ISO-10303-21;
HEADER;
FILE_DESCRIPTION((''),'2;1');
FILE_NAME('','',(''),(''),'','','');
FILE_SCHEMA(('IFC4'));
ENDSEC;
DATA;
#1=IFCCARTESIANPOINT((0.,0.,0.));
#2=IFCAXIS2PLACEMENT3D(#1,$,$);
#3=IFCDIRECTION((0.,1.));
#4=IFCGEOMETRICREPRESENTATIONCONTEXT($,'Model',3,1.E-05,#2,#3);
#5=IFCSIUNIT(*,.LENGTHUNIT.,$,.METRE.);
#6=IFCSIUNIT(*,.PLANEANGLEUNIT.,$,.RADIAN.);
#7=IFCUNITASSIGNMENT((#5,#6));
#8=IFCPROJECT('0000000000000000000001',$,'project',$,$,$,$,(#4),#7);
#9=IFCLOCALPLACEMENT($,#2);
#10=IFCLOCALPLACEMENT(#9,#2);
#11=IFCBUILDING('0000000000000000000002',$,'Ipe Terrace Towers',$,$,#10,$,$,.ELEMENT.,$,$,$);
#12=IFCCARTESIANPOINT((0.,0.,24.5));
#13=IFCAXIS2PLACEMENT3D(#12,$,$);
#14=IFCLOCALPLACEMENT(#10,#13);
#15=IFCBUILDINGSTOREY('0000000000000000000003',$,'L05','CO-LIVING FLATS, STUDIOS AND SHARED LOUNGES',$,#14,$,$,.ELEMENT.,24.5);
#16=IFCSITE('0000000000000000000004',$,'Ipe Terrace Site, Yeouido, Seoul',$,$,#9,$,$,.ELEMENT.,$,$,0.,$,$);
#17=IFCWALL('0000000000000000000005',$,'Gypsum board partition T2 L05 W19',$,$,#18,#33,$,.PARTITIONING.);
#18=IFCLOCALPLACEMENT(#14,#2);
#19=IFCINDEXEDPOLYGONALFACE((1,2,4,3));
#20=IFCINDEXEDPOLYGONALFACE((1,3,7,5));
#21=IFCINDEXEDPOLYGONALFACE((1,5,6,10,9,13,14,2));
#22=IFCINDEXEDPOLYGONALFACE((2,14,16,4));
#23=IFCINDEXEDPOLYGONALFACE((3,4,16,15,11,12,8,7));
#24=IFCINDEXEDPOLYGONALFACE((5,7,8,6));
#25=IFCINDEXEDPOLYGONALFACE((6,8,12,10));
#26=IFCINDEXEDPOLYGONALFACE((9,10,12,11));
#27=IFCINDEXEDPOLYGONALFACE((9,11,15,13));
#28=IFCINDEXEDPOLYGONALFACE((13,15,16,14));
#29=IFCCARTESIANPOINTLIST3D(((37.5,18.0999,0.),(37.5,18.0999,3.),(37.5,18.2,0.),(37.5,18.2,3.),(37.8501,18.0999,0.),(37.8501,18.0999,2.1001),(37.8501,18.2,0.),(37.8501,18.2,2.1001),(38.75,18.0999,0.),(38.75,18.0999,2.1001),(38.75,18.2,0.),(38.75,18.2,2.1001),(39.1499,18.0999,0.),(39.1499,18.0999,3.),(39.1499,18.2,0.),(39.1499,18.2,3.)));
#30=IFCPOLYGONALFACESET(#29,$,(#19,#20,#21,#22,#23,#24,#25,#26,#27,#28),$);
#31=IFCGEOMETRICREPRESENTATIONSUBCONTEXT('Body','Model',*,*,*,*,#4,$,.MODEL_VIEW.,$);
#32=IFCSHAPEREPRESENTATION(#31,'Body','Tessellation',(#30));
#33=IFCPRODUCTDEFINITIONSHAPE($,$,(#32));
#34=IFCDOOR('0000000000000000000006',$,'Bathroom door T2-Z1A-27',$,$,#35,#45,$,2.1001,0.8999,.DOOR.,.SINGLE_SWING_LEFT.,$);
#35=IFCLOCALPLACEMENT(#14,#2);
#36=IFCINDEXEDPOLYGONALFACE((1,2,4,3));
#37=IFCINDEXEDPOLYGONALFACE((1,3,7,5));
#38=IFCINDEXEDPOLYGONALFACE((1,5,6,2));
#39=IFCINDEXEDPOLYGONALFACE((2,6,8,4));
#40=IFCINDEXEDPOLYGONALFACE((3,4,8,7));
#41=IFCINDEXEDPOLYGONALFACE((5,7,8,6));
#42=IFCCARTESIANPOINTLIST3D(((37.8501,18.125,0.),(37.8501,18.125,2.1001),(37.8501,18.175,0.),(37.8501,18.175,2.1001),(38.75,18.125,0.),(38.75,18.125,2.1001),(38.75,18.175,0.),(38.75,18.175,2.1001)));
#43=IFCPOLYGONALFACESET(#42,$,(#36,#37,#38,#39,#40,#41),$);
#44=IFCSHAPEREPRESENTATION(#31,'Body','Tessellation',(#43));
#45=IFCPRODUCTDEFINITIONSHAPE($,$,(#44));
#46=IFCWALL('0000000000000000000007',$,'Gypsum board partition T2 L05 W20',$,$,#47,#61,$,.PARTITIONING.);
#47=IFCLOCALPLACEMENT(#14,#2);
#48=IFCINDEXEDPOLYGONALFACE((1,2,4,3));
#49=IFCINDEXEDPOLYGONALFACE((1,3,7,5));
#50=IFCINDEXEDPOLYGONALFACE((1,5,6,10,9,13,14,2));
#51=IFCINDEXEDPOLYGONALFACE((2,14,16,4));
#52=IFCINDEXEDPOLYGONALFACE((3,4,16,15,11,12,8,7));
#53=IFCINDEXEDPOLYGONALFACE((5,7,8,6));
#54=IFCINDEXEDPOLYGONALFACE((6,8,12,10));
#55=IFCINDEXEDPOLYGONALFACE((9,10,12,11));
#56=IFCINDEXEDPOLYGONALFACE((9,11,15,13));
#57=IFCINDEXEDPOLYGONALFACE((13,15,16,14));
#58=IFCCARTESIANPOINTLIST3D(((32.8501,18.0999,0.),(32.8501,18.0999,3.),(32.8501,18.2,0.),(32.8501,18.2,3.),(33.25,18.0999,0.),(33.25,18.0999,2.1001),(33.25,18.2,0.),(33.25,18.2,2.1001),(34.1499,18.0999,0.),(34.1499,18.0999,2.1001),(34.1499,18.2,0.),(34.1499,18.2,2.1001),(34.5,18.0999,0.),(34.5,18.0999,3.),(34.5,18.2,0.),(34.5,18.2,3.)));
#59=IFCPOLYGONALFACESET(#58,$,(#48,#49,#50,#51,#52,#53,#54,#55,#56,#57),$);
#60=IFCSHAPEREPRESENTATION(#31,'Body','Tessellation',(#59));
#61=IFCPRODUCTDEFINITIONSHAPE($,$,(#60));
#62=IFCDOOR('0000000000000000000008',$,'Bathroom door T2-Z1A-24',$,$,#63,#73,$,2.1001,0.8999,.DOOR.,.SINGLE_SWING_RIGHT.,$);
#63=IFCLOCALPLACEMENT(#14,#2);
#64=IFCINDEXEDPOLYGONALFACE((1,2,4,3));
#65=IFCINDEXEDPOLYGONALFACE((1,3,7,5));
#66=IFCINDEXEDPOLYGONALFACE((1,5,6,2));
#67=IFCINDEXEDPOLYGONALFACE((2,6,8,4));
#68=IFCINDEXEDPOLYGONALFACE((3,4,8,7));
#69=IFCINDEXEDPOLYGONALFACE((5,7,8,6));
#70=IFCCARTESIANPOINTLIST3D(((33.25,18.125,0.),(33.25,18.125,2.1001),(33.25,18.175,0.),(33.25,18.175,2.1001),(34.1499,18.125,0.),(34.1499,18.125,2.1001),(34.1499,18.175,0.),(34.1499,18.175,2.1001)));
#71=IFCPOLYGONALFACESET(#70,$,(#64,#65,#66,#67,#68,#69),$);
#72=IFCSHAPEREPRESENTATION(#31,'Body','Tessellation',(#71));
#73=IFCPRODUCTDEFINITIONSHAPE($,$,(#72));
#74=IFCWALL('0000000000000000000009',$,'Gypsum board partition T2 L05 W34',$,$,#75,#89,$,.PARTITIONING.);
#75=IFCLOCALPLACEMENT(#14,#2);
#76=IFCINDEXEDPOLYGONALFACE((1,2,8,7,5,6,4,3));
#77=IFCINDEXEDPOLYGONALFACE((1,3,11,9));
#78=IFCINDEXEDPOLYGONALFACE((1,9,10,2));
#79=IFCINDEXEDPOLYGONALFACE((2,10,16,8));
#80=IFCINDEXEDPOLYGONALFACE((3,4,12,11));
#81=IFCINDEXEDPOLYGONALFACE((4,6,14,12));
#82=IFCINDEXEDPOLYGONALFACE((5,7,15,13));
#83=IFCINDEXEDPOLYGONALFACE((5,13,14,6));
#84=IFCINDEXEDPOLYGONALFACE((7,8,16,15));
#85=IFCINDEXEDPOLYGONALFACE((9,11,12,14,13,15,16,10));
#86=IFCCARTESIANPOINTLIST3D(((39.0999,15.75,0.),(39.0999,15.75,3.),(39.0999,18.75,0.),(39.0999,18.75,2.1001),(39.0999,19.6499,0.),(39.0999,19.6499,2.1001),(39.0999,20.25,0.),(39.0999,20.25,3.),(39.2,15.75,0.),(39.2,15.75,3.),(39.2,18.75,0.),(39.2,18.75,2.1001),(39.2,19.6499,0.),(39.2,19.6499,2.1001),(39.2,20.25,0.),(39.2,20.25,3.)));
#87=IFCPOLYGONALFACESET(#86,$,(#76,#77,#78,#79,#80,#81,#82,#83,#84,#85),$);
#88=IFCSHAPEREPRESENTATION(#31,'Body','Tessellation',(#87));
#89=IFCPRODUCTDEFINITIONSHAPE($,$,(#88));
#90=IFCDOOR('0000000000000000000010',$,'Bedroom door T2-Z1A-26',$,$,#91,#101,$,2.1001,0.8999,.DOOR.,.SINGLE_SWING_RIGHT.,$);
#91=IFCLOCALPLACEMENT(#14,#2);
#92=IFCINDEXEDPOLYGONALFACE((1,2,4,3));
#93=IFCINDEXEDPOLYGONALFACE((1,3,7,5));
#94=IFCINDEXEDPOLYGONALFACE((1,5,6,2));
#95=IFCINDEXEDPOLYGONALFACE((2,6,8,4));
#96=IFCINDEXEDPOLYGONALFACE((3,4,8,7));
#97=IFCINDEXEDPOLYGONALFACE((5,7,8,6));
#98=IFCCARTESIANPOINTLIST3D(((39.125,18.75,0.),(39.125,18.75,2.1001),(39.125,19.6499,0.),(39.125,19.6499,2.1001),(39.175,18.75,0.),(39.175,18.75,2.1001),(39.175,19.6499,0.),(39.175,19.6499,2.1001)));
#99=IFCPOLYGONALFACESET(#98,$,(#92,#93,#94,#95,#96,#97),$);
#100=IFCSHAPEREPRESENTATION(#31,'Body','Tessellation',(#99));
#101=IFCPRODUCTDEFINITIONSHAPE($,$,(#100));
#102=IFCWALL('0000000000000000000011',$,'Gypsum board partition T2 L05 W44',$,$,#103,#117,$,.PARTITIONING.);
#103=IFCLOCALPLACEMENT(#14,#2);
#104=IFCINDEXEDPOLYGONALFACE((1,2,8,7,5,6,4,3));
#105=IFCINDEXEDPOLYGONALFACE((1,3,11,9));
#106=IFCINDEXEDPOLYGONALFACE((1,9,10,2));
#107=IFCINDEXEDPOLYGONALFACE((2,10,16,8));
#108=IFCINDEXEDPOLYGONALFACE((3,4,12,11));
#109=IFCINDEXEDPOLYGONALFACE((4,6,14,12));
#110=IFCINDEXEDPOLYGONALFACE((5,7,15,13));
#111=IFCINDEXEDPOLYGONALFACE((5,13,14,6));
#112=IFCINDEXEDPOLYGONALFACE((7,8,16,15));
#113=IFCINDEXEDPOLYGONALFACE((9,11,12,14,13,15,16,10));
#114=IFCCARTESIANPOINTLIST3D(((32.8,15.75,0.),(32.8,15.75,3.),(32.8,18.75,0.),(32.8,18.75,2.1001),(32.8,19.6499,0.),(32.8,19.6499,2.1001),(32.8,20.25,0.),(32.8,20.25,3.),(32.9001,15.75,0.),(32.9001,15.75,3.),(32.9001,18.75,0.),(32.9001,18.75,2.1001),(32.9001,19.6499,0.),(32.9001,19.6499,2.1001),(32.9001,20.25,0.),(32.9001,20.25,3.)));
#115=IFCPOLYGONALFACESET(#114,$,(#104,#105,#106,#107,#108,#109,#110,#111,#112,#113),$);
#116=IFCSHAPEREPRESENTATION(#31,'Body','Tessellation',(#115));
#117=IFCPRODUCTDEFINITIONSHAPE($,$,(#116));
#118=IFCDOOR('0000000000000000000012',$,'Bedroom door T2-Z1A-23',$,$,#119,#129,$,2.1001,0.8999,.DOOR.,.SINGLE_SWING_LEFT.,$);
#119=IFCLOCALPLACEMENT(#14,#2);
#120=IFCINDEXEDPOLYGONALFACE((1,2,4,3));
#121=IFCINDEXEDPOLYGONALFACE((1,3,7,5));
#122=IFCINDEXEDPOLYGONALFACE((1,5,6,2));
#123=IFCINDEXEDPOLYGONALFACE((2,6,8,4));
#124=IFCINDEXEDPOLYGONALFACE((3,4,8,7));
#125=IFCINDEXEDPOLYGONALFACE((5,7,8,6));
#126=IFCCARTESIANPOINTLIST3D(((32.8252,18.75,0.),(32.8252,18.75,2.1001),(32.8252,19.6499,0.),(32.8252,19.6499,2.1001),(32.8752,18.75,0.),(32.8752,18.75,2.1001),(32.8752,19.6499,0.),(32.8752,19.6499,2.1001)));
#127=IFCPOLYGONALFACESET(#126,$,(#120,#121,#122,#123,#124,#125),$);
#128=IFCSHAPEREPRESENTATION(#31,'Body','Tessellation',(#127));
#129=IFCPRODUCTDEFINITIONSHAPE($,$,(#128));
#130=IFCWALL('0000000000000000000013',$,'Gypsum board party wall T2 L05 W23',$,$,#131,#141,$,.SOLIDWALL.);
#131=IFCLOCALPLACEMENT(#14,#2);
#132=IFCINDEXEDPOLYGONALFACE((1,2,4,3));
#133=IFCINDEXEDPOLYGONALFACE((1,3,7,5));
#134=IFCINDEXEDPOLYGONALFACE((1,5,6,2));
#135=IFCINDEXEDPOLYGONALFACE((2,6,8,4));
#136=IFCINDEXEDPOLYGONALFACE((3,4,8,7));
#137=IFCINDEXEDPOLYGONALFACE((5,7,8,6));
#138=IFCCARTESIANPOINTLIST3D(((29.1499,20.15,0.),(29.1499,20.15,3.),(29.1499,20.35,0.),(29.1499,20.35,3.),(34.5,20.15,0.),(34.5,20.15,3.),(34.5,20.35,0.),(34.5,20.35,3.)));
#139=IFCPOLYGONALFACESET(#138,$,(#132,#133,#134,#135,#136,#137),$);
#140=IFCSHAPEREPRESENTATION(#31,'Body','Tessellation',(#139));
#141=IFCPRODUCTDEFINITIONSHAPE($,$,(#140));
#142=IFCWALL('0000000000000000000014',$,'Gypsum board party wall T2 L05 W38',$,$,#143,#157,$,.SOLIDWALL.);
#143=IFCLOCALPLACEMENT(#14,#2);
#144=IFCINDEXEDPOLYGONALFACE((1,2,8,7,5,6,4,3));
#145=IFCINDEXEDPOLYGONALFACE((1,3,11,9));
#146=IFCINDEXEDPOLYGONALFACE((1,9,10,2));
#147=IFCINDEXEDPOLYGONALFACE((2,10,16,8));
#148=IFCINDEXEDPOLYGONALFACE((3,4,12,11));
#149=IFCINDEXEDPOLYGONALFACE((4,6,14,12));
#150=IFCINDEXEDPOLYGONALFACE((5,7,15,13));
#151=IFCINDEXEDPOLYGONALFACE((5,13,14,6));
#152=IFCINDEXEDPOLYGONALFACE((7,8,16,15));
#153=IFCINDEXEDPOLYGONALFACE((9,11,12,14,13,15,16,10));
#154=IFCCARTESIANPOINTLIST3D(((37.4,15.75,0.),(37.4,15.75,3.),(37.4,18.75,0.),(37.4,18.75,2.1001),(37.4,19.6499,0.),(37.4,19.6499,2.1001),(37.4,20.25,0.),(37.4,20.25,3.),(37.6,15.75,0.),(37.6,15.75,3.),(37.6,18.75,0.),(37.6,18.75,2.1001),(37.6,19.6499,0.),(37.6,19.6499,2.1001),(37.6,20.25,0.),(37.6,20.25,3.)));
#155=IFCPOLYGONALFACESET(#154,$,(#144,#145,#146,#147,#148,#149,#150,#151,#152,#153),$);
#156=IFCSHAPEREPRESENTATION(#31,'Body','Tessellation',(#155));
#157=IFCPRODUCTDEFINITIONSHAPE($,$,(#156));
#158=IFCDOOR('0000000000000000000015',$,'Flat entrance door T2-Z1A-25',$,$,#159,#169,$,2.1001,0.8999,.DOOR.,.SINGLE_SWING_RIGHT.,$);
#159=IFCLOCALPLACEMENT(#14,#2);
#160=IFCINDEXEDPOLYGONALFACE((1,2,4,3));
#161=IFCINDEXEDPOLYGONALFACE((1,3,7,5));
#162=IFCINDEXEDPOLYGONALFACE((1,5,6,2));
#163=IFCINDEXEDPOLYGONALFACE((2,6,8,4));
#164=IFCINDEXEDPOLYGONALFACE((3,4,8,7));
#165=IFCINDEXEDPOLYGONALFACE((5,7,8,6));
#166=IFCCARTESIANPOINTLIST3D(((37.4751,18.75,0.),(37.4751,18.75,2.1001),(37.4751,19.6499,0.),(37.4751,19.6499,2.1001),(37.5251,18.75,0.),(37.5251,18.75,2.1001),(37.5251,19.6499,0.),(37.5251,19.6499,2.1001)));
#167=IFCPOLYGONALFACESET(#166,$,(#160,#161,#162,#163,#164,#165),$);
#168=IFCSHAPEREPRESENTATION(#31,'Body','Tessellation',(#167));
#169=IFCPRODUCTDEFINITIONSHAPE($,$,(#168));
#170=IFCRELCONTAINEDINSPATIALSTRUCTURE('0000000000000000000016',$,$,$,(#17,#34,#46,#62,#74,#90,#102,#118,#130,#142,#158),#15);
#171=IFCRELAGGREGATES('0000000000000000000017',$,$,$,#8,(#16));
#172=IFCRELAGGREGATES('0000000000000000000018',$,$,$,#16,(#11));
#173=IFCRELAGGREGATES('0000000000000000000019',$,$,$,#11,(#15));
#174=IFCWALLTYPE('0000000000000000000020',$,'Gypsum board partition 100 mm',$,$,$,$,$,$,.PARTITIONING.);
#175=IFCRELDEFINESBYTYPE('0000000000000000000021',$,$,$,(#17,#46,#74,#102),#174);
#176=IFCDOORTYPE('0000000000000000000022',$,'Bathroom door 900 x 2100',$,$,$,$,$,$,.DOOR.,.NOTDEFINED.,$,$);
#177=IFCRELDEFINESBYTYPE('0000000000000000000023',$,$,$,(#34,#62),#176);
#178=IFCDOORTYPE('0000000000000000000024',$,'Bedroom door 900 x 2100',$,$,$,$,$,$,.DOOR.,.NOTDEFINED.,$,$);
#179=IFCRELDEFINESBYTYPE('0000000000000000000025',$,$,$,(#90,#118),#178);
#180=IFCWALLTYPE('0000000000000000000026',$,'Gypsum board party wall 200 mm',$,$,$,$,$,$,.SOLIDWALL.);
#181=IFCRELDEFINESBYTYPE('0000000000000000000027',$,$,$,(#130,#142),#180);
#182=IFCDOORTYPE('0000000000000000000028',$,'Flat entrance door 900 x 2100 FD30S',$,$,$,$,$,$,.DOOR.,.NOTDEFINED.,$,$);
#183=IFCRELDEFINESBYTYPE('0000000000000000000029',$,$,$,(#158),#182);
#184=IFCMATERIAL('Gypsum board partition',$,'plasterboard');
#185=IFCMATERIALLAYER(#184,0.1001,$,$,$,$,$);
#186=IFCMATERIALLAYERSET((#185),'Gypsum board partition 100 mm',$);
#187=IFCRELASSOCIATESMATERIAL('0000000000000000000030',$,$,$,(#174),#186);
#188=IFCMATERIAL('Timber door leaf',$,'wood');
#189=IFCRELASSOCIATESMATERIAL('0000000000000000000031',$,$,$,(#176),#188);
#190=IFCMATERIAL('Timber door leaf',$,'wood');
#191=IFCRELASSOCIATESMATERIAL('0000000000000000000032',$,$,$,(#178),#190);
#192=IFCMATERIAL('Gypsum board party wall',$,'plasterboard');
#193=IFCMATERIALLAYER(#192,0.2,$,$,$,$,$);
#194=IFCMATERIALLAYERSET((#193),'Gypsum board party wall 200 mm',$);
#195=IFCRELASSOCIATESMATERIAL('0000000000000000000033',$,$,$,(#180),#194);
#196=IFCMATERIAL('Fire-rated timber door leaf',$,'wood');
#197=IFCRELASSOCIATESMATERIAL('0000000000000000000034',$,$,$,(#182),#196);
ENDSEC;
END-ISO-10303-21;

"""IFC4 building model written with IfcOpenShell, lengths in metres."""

from ifc_helpers import new_model, si_unit, direction, frame, frame_2d, origin, place, context, subcontext, project, spatial, rectangle, extrude, material, layer, layer_set, type_object, element, fill, save


model = new_model("IFC4")

# Units and contexts
model_context = context("Model", 3, precision=1e-05, world=origin(), true_north=direction((0.0, 1.0)))
body_context = subcontext(model_context, "Body", "Model", "MODEL_VIEW")
ifc_project = project(units=[si_unit("LENGTHUNIT", "METRE"), si_unit("PLANEANGLEUNIT", "RADIAN")], contexts=[model_context])

# Site, building, storey
site_placement = place(None, origin())
site = spatial("IfcSite", under=ifc_project, at=site_placement, Name="Ipe Terrace Site, Yeouido, Seoul", CompositionType="ELEMENT", RefElevation=0.0)
building_placement = place(site_placement, origin())
building = spatial("IfcBuilding", under=site, at=building_placement, Name="Ipe Terrace Towers", CompositionType="ELEMENT")
storey_placement = place(building_placement, frame((0.0, 0.0, 24.5)))
storey = spatial("IfcBuildingStorey", under=building, at=storey_placement, Name="L05", Description="CO-LIVING FLATS, STUDIOS AND SHARED LOUNGES", CompositionType="ELEMENT", Elevation=24.5)

# Walls, openings, doors
ifc_material_1 = material(Name="Gypsum board partition", Category="plasterboard")
ifc_layer_1 = layer(ifc_material_1, 0.1001)
ifc_layer_set_1 = layer_set([ifc_layer_1], Name="Gypsum board partition 100 mm")
wall_type_1 = type_object("IfcWallType", Name="Gypsum board partition 100 mm", PredefinedType="PARTITIONING", material=ifc_layer_set_1)
wall_1_placement = place(storey_placement, frame((39.1499, 18.1499, 0.0), z_axis=(0.0, 0.0, 1.0), x_axis=(-1.0, 0.0, 0.0)))
wall_1 = element("IfcWall", 1, at=wall_1_placement, inside=storey, type_object=wall_type_1, Name="Gypsum board partition T2 L05 W19", PredefinedType="PARTITIONING", context=body_context, shape_type="SweptSolid", body=[
    extrude(rectangle(XDim=1.6499, YDim=0.1001, at=frame_2d((0.825, 0.0))), origin(), (0.0, 0.0, 1.0), 3.0),
])
opening_1_placement = place(wall_1_placement, frame((0.3999, 0.0, 0.0)))
opening_1 = element("IfcOpeningElement", 2, at=opening_1_placement, cuts=wall_1, PredefinedType="OPENING", context=body_context, shape_type="SweptSolid", body=[
    extrude(rectangle(XDim=0.8999, YDim=2.1001, at=frame_2d((0.45, 1.05))), frame((0.0, 0.0601, 0.0), z_axis=(0.0, -1.0, 0.0), x_axis=(1.0, 0.0, 0.0)), (0.0, 0.0, 1.0), 0.1201),
])
ifc_material_2 = material(Name="Timber door leaf", Category="wood")
door_type_1 = type_object("IfcDoorType", Name="Bathroom door 900 x 2100", OperationType="NOTDEFINED", PredefinedType="DOOR", material=ifc_material_2)
door_1_placement = place(opening_1_placement, origin())
door_1 = element("IfcDoor", 3, at=door_1_placement, inside=storey, type_object=door_type_1, Name="Bathroom door T2-Z1A-27", OperationType="SINGLE_SWING_LEFT", OverallHeight=2.1001, OverallWidth=0.8999, PredefinedType="DOOR", context=body_context, shape_type="SweptSolid", body=[
    extrude(rectangle(XDim=0.8999, YDim=2.1001, at=frame_2d((0.45, 1.05))), frame((0.0, 0.0249, 0.0), z_axis=(0.0, -1.0, 0.0), x_axis=(1.0, 0.0, 0.0)), (0.0, 0.0, 1.0), 0.05),
])
fill(opening_1, door_1)
wall_2_placement = place(storey_placement, frame((34.5, 18.1499, 0.0), z_axis=(0.0, 0.0, 1.0), x_axis=(-1.0, 0.0, 0.0)))
wall_2 = element("IfcWall", 4, at=wall_2_placement, inside=storey, type_object=wall_type_1, Name="Gypsum board partition T2 L05 W20", PredefinedType="PARTITIONING", context=body_context, shape_type="SweptSolid", body=[
    extrude(rectangle(XDim=1.6499, YDim=0.1001, at=frame_2d((0.825, 0.0))), origin(), (0.0, 0.0, 1.0), 3.0),
])
opening_2_placement = place(wall_2_placement, frame((0.3501, 0.0, 0.0)))
opening_2 = element("IfcOpeningElement", 5, at=opening_2_placement, cuts=wall_2, PredefinedType="OPENING", context=body_context, shape_type="SweptSolid", body=[
    extrude(rectangle(XDim=0.8999, YDim=2.1001, at=frame_2d((0.45, 1.05))), frame((0.0, 0.0601, 0.0), z_axis=(0.0, -1.0, 0.0), x_axis=(1.0, 0.0, 0.0)), (0.0, 0.0, 1.0), 0.1201),
])
door_2_placement = place(opening_2_placement, origin())
door_2 = element("IfcDoor", 6, at=door_2_placement, inside=storey, type_object=door_type_1, Name="Bathroom door T2-Z1A-24", OperationType="SINGLE_SWING_RIGHT", OverallHeight=2.1001, OverallWidth=0.8999, PredefinedType="DOOR", context=body_context, shape_type="SweptSolid", body=[
    extrude(rectangle(XDim=0.8999, YDim=2.1001, at=frame_2d((0.45, 1.05))), frame((0.0, 0.0249, 0.0), z_axis=(0.0, -1.0, 0.0), x_axis=(1.0, 0.0, 0.0)), (0.0, 0.0, 1.0), 0.05),
])
fill(opening_2, door_2)
wall_3_placement = place(storey_placement, frame((39.1499, 15.75, 0.0), z_axis=(0.0, 0.0, 1.0), x_axis=(0.0, 1.0, 0.0)))
wall_3 = element("IfcWall", 7, at=wall_3_placement, inside=storey, type_object=wall_type_1, Name="Gypsum board partition T2 L05 W34", PredefinedType="PARTITIONING", context=body_context, shape_type="SweptSolid", body=[
    extrude(rectangle(XDim=4.5, YDim=0.1001, at=frame_2d((2.25, 0.0))), origin(), (0.0, 0.0, 1.0), 3.0),
])
opening_3_placement = place(wall_3_placement, frame((3.0, 0.0, 0.0)))
opening_3 = element("IfcOpeningElement", 8, at=opening_3_placement, cuts=wall_3, PredefinedType="OPENING", context=body_context, shape_type="SweptSolid", body=[
    extrude(rectangle(XDim=0.8999, YDim=2.1001, at=frame_2d((0.45, 1.05))), frame((0.0, 0.0601, 0.0), z_axis=(0.0, -1.0, 0.0), x_axis=(1.0, 0.0, 0.0)), (0.0, 0.0, 1.0), 0.1201),
])
ifc_material_3 = material(Name="Timber door leaf", Category="wood")
door_type_2 = type_object("IfcDoorType", Name="Bedroom door 900 x 2100", OperationType="NOTDEFINED", PredefinedType="DOOR", material=ifc_material_3)
door_3_placement = place(opening_3_placement, origin())
door_3 = element("IfcDoor", 9, at=door_3_placement, inside=storey, type_object=door_type_2, Name="Bedroom door T2-Z1A-26", OperationType="SINGLE_SWING_RIGHT", OverallHeight=2.1001, OverallWidth=0.8999, PredefinedType="DOOR", context=body_context, shape_type="SweptSolid", body=[
    extrude(rectangle(XDim=0.8999, YDim=2.1001, at=frame_2d((0.45, 1.05))), frame((0.0, 0.0249, 0.0), z_axis=(0.0, -1.0, 0.0), x_axis=(1.0, 0.0, 0.0)), (0.0, 0.0, 1.0), 0.05),
])
fill(opening_3, door_3)
wall_4_placement = place(storey_placement, frame((32.8501, 15.75, 0.0), z_axis=(0.0, 0.0, 1.0), x_axis=(0.0, 1.0, 0.0)))
wall_4 = element("IfcWall", 10, at=wall_4_placement, inside=storey, type_object=wall_type_1, Name="Gypsum board partition T2 L05 W44", PredefinedType="PARTITIONING", context=body_context, shape_type="SweptSolid", body=[
    extrude(rectangle(XDim=4.5, YDim=0.1001, at=frame_2d((2.25, 0.0))), origin(), (0.0, 0.0, 1.0), 3.0),
])
opening_4_placement = place(wall_4_placement, frame((3.0, 0.0, 0.0)))
opening_4 = element("IfcOpeningElement", 11, at=opening_4_placement, cuts=wall_4, PredefinedType="OPENING", context=body_context, shape_type="SweptSolid", body=[
    extrude(rectangle(XDim=0.8999, YDim=2.1001, at=frame_2d((0.45, 1.05))), frame((0.0, 0.0601, 0.0), z_axis=(0.0, -1.0, 0.0), x_axis=(1.0, 0.0, 0.0)), (0.0, 0.0, 1.0), 0.1201),
])
door_4_placement = place(opening_4_placement, origin())
door_4 = element("IfcDoor", 12, at=door_4_placement, inside=storey, type_object=door_type_2, Name="Bedroom door T2-Z1A-23", OperationType="SINGLE_SWING_LEFT", OverallHeight=2.1001, OverallWidth=0.8999, PredefinedType="DOOR", context=body_context, shape_type="SweptSolid", body=[
    extrude(rectangle(XDim=0.8999, YDim=2.1001, at=frame_2d((0.45, 1.05))), frame((0.0, 0.0249, 0.0), z_axis=(0.0, -1.0, 0.0), x_axis=(1.0, 0.0, 0.0)), (0.0, 0.0, 1.0), 0.05),
])
fill(opening_4, door_4)

# Wall
ifc_material_4 = material(Name="Gypsum board party wall", Category="plasterboard")
ifc_layer_2 = layer(ifc_material_4, 0.2)
ifc_layer_set_2 = layer_set([ifc_layer_2], Name="Gypsum board party wall 200 mm")
wall_type_2 = type_object("IfcWallType", Name="Gypsum board party wall 200 mm", PredefinedType="SOLIDWALL", material=ifc_layer_set_2)
wall_5_placement = place(storey_placement, frame((34.5, 20.25, 0.0), z_axis=(0.0, 0.0, 1.0), x_axis=(-1.0, 0.0, 0.0)))
element("IfcWall", 13, at=wall_5_placement, inside=storey, type_object=wall_type_2, Name="Gypsum board party wall T2 L05 W23", PredefinedType="SOLIDWALL", context=body_context, shape_type="SweptSolid", body=[
    extrude(rectangle(XDim=5.3501, YDim=0.2, at=frame_2d((2.675, 0.0))), origin(), (0.0, 0.0, 1.0), 3.0),
])

# Wall, opening, door
wall_6_placement = place(storey_placement, frame((37.5, 15.75, 0.0), z_axis=(0.0, 0.0, 1.0), x_axis=(0.0, 1.0, 0.0)))
wall_6 = element("IfcWall", 14, at=wall_6_placement, inside=storey, type_object=wall_type_2, Name="Gypsum board party wall T2 L05 W38", PredefinedType="SOLIDWALL", context=body_context, shape_type="SweptSolid", body=[
    extrude(rectangle(XDim=4.5, YDim=0.2, at=frame_2d((2.25, 0.0))), origin(), (0.0, 0.0, 1.0), 3.0),
])
opening_5_placement = place(wall_6_placement, frame((3.0, 0.0, 0.0)))
opening_5 = element("IfcOpeningElement", 15, at=opening_5_placement, cuts=wall_6, PredefinedType="OPENING", context=body_context, shape_type="SweptSolid", body=[
    extrude(rectangle(XDim=0.8999, YDim=2.1001, at=frame_2d((0.45, 1.05))), frame((0.0, 0.1099, 0.0), z_axis=(0.0, -1.0, 0.0), x_axis=(1.0, 0.0, 0.0)), (0.0, 0.0, 1.0), 0.22),
])
ifc_material_5 = material(Name="Fire-rated timber door leaf", Category="wood")
door_type_3 = type_object("IfcDoorType", Name="Flat entrance door 900 x 2100 FD30S", OperationType="NOTDEFINED", PredefinedType="DOOR", material=ifc_material_5)
door_5_placement = place(opening_5_placement, origin())
door_5 = element("IfcDoor", 16, at=door_5_placement, inside=storey, type_object=door_type_3, Name="Flat entrance door T2-Z1A-25", OperationType="SINGLE_SWING_RIGHT", OverallHeight=2.1001, OverallWidth=0.8999, PredefinedType="DOOR", context=body_context, shape_type="SweptSolid", body=[
    extrude(rectangle(XDim=0.8999, YDim=2.1001, at=frame_2d((0.45, 1.05))), frame((0.0, 0.0249, 0.0), z_axis=(0.0, -1.0, 0.0), x_axis=(1.0, 0.0, 0.0)), (0.0, 0.0, 1.0), 0.05),
])
fill(opening_5, door_5)

save(model, "model.ifc")
